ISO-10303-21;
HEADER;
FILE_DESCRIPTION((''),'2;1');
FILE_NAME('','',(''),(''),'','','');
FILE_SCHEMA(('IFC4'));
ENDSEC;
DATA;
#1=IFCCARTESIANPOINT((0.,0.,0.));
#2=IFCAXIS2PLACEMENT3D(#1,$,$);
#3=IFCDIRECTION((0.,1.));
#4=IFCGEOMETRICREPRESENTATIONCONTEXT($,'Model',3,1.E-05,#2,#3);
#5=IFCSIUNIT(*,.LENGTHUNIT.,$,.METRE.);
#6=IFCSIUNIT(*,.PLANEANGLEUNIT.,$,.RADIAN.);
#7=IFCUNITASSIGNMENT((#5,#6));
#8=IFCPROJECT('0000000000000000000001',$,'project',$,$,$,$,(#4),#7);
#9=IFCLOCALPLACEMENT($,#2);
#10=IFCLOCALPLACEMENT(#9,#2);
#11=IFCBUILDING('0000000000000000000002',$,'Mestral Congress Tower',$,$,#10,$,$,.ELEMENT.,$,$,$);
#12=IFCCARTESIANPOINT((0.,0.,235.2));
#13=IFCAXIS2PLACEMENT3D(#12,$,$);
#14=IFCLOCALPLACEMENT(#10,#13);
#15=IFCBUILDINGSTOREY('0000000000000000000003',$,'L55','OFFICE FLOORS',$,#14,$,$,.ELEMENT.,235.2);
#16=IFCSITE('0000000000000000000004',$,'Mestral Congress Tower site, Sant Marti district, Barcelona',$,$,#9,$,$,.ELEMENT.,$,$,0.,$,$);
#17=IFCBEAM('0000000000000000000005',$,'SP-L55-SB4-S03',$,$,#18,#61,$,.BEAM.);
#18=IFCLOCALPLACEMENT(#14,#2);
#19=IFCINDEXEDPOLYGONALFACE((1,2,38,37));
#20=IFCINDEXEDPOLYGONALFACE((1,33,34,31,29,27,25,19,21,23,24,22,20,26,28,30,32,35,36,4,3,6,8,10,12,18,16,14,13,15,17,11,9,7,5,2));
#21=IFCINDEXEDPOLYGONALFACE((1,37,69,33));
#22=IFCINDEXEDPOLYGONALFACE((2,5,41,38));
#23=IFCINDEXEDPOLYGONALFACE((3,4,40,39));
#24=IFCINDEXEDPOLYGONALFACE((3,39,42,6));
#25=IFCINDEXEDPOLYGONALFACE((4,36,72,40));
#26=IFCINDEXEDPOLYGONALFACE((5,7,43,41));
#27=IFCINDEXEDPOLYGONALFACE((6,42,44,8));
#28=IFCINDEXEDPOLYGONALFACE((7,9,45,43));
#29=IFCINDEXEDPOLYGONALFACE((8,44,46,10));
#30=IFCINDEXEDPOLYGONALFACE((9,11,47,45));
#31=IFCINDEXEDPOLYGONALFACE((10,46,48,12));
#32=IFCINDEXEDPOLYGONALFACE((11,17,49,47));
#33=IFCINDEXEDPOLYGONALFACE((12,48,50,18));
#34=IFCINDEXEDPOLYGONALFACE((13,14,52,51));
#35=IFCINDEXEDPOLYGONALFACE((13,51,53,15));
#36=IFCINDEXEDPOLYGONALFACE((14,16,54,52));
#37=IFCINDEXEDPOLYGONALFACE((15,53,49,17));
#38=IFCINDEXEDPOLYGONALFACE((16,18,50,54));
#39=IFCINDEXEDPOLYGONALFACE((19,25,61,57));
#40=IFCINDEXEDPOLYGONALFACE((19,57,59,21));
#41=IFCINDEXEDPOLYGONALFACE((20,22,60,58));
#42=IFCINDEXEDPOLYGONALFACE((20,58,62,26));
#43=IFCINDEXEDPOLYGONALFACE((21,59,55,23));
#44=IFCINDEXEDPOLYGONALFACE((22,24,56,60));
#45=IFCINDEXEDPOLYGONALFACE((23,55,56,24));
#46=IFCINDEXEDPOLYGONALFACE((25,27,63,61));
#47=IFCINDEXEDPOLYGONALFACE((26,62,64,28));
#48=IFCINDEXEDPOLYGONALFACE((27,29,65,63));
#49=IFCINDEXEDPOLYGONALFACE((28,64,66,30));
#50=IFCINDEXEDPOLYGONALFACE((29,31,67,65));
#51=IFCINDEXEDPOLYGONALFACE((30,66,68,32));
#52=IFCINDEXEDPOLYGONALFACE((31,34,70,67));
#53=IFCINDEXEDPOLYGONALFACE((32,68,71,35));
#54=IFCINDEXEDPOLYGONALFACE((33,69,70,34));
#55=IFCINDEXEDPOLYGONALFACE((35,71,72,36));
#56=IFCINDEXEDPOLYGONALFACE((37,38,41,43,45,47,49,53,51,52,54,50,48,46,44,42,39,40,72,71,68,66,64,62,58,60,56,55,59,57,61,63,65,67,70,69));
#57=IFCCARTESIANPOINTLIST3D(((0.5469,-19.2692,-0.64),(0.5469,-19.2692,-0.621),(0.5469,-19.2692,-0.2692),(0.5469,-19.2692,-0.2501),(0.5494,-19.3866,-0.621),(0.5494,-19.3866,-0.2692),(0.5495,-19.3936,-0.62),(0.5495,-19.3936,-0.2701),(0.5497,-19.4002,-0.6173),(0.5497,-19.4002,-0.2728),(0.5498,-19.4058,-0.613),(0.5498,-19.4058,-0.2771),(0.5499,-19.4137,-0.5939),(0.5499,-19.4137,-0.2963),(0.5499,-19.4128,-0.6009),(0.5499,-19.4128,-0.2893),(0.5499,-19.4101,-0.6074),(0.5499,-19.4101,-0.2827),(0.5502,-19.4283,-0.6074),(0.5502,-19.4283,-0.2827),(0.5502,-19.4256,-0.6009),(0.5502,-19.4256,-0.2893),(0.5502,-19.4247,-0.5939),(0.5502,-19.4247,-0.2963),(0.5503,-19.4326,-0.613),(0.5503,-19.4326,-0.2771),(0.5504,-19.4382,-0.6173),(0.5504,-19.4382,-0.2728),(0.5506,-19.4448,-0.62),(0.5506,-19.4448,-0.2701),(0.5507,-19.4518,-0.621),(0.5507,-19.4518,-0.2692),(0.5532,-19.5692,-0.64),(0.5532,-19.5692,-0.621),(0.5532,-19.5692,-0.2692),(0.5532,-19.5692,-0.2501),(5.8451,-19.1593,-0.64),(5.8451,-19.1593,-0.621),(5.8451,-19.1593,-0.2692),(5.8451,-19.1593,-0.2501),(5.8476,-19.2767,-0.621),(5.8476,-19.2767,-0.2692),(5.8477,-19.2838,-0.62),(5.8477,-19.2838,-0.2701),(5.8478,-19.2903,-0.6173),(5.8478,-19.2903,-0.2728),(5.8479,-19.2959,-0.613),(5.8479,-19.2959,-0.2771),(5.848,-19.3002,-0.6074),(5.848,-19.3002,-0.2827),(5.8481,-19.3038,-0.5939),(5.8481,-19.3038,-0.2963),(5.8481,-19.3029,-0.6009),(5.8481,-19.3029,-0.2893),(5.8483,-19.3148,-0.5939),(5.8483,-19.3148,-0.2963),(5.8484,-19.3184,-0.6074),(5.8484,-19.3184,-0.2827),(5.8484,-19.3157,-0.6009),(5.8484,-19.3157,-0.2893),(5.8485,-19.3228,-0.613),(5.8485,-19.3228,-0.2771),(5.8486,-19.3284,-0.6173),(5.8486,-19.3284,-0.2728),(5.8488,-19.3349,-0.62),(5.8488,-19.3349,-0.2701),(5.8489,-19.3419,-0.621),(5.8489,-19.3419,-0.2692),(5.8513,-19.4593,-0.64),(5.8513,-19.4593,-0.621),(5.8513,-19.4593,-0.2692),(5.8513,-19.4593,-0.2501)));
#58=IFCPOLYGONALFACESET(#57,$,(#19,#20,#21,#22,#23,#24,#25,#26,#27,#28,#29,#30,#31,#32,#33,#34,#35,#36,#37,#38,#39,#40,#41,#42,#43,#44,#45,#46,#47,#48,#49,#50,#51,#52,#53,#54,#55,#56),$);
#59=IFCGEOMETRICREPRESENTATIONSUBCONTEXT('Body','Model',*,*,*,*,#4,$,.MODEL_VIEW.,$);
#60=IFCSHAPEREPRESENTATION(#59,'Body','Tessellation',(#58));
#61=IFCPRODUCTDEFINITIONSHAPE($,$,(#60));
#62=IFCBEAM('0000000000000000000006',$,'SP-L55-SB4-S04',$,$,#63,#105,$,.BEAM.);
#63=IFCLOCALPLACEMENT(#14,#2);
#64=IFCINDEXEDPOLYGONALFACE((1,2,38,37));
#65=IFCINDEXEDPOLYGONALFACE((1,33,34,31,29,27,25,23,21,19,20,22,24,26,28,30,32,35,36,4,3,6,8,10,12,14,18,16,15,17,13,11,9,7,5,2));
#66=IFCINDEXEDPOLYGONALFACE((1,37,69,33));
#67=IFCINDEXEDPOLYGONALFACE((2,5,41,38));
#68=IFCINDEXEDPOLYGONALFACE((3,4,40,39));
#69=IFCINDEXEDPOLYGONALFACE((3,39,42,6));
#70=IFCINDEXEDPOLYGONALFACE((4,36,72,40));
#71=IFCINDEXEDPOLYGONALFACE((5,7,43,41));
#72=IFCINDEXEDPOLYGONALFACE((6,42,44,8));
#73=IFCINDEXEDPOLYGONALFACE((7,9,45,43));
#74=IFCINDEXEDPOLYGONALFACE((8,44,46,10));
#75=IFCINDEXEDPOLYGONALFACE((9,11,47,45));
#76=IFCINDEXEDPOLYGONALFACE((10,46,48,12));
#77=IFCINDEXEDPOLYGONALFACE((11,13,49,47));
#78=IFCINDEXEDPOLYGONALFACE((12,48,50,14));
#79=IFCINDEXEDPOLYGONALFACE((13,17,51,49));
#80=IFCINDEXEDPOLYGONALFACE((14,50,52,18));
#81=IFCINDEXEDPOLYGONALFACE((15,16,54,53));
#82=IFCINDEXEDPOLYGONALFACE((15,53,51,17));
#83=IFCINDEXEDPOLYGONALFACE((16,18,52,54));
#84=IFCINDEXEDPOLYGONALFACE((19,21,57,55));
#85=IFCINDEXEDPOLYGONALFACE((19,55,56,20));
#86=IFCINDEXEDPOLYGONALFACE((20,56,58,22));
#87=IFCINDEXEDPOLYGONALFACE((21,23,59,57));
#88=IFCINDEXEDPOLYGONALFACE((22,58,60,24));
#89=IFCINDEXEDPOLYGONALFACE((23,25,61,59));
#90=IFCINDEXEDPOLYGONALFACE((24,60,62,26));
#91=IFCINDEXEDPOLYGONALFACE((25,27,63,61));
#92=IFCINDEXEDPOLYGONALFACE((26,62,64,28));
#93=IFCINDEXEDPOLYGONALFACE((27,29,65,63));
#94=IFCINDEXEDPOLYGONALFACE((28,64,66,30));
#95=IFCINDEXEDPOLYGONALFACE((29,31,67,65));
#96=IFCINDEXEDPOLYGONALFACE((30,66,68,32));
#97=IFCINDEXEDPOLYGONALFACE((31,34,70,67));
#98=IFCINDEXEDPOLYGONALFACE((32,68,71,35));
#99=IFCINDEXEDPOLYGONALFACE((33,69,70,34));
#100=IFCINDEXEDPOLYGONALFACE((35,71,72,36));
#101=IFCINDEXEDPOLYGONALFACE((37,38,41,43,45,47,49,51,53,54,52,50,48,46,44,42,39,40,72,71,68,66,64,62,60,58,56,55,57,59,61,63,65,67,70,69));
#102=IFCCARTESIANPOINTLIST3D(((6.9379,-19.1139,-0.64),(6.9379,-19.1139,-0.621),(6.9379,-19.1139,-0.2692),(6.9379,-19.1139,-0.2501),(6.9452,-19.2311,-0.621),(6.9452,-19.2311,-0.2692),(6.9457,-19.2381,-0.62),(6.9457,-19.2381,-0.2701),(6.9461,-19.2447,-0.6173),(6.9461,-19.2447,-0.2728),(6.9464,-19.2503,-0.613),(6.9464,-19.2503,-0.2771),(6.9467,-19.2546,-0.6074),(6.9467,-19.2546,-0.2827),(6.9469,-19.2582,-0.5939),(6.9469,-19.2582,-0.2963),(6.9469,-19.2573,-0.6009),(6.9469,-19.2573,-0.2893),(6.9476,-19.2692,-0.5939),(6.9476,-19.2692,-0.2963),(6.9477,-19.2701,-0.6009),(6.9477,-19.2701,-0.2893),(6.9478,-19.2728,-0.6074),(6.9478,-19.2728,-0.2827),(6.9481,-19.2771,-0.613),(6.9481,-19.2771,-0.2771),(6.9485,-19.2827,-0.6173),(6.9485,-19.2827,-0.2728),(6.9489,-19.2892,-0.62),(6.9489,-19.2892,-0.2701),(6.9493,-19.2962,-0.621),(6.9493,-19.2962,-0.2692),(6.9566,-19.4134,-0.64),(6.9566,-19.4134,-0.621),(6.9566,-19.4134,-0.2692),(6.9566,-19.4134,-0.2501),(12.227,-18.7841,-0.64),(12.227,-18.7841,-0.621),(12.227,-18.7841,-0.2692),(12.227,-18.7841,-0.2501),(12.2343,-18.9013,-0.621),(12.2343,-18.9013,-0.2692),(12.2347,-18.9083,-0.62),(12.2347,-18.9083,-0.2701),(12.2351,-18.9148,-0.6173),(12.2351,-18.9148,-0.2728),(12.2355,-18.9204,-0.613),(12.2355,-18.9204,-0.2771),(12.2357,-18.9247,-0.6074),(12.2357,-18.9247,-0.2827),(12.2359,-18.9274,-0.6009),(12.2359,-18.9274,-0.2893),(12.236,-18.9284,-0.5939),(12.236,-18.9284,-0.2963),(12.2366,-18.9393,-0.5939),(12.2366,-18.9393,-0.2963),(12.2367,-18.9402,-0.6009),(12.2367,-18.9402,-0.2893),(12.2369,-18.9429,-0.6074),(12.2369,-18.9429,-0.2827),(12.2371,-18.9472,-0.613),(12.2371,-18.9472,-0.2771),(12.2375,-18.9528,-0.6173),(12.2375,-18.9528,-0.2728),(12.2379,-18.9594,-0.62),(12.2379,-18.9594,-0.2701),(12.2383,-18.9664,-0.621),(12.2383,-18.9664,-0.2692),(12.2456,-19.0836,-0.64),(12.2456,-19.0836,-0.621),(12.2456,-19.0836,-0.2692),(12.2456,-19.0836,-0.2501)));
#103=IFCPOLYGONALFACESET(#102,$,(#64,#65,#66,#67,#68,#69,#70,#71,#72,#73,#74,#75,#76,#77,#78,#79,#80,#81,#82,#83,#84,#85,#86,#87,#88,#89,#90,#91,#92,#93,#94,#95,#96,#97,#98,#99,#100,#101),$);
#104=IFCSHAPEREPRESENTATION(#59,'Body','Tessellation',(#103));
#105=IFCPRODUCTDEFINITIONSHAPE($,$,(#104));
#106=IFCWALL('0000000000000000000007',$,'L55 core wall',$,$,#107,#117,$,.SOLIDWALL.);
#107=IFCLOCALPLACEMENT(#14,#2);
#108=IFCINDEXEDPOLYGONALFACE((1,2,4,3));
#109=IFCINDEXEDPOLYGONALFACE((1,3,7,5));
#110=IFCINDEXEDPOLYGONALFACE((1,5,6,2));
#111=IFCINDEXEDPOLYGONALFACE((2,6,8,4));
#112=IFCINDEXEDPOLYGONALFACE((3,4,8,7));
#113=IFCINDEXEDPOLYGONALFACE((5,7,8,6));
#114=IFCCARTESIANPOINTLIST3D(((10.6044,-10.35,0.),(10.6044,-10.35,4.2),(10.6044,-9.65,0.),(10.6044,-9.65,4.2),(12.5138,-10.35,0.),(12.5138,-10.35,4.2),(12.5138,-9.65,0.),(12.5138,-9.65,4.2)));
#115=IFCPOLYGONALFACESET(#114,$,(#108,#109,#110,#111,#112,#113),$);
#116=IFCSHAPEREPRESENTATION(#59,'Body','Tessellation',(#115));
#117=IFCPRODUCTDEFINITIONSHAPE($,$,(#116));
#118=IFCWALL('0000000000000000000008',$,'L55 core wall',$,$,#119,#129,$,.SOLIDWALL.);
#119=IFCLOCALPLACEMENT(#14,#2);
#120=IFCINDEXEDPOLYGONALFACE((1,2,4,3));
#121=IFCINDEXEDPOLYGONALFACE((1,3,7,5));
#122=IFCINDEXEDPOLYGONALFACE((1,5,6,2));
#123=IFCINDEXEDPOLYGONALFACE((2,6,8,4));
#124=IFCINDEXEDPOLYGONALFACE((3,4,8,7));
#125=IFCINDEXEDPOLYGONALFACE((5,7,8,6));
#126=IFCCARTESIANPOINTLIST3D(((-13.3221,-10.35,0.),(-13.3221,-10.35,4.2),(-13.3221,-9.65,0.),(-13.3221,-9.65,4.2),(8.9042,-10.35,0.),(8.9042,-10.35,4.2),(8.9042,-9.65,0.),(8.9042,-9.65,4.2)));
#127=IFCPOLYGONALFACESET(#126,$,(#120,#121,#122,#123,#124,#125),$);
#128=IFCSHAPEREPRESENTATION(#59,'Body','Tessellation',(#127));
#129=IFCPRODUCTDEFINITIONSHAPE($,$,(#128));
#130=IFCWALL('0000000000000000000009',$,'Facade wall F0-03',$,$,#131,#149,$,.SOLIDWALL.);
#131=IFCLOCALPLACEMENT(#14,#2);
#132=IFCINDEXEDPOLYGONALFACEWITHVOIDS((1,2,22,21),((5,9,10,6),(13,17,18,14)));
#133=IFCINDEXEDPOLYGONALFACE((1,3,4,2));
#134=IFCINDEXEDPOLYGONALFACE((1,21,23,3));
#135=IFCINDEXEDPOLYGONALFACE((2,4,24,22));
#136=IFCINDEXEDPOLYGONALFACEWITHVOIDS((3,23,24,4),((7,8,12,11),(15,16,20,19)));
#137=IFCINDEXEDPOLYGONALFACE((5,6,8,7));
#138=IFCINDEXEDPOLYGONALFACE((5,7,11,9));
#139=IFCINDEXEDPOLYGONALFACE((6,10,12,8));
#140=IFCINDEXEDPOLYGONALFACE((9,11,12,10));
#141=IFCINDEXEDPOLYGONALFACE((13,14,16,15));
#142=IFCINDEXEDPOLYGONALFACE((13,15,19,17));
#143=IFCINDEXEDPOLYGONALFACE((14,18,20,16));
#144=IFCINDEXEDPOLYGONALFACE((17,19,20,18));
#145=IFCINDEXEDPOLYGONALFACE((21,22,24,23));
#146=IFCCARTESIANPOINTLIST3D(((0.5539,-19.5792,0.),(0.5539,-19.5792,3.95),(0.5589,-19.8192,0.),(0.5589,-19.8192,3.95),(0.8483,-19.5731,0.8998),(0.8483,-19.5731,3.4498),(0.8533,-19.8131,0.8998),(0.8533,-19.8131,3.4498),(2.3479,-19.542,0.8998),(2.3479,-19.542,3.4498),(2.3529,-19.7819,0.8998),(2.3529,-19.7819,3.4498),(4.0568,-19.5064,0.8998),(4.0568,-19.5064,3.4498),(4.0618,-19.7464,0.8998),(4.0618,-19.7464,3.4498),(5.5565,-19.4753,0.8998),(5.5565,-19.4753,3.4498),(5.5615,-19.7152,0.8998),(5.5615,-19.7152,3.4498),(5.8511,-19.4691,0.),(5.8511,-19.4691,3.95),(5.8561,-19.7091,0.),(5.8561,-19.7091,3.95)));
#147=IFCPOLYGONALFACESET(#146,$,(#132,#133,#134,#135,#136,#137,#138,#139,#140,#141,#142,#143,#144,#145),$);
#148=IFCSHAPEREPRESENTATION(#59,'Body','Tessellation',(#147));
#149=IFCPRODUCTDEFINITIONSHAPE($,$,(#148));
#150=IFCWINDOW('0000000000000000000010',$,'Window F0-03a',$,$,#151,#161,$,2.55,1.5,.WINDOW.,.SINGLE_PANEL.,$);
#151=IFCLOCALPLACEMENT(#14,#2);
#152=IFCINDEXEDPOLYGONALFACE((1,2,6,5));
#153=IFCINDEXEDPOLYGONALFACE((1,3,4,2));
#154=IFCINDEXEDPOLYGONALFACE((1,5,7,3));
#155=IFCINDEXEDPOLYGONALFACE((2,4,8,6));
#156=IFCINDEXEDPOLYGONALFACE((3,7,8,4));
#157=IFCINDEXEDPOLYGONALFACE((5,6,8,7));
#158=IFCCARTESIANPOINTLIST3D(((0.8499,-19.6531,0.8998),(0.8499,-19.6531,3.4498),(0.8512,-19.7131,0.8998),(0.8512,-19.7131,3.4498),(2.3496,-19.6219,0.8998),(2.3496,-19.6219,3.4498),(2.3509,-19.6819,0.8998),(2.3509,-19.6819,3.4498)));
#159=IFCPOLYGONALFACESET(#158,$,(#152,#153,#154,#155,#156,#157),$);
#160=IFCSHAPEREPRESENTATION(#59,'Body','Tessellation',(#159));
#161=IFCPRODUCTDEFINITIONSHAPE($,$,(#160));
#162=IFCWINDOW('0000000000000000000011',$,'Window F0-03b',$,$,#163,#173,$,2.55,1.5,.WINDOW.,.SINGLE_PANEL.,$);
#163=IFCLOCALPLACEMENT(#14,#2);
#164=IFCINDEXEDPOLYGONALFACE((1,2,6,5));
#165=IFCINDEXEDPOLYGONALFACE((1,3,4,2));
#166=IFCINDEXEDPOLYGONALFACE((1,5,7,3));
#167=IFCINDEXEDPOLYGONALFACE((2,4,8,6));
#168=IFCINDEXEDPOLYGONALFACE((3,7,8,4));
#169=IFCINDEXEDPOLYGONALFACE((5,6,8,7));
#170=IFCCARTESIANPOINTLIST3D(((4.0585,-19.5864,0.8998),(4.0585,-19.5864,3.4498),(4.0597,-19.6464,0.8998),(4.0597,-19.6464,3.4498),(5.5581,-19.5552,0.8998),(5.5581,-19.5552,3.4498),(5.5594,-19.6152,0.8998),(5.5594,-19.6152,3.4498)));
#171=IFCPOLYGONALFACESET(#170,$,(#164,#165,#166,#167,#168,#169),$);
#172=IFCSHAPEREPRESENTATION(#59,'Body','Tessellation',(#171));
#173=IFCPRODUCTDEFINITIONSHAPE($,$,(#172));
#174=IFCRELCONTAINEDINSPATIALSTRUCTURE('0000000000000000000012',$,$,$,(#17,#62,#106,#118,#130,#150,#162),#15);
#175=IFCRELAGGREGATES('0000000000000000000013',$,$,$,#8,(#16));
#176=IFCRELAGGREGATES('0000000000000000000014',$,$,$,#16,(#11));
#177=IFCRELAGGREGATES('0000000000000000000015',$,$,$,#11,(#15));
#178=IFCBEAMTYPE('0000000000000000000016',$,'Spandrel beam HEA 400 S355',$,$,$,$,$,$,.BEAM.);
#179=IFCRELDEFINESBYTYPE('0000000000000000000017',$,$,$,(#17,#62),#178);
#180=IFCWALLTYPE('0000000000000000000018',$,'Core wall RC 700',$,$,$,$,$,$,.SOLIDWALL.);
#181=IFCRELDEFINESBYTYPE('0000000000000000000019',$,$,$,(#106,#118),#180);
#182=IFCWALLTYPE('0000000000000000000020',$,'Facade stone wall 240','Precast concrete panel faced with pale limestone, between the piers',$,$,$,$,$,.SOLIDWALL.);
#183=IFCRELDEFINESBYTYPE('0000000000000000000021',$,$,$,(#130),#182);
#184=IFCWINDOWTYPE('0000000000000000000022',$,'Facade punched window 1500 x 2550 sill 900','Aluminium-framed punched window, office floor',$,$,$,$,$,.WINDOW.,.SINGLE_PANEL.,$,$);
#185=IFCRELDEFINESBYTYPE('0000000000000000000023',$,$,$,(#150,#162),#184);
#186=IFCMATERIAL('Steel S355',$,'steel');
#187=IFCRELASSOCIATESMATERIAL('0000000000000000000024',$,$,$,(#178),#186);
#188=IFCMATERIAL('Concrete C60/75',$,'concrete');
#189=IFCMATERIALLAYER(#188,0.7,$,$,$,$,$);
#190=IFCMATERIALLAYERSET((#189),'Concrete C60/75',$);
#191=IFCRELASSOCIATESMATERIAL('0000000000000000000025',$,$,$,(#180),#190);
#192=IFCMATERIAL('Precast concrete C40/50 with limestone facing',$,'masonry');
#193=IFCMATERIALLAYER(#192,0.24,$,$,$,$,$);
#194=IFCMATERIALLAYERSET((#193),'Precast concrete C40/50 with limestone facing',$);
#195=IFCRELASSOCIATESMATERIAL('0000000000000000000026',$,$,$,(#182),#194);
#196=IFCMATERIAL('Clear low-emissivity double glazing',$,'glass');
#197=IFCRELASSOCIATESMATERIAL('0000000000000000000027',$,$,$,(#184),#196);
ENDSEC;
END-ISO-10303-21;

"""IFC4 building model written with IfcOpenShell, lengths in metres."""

from ifc_helpers import new_model, si_unit, direction, frame, frame_2d, origin, origin_2d, place, context, subcontext, project, spatial, rectangle, i_section, extrude, material, layer, layer_set, material_profile, profile_set, type_object, element, fill, save


model = new_model("IFC4")

# Units and contexts
model_context = context("Model", 3, precision=1e-05, world=origin(), true_north=direction((0.0, 1.0)))
body_context = subcontext(model_context, "Body", "Model", "MODEL_VIEW")
ifc_project = project(units=[si_unit("LENGTHUNIT", "METRE"), si_unit("PLANEANGLEUNIT", "RADIAN")], contexts=[model_context])

# Site, building, storey
site_placement = place(None, origin())
site = spatial("IfcSite", under=ifc_project, at=site_placement, Name="Mestral Congress Tower site, Sant Marti district, Barcelona", CompositionType="ELEMENT", RefElevation=0.0)
building_placement = place(site_placement, origin())
building = spatial("IfcBuilding", under=site, at=building_placement, Name="Mestral Congress Tower", CompositionType="ELEMENT")
storey_placement = place(building_placement, frame((0.0, 0.0, 235.2)))
storey = spatial("IfcBuildingStorey", under=building, at=storey_placement, Name="L55", Description="OFFICE FLOORS", CompositionType="ELEMENT", Elevation=235.2)

# Shared definitions
ifc_material_1 = material(Name="Concrete C60/75", Category="concrete")

# Beams
ifc_material_2 = material(Name="Steel S355", Category="steel")
ifc_material_profile_1 = material_profile(ifc_material_2, i_section(OverallWidth=0.3, OverallDepth=0.3899, WebThickness=0.011, FlangeThickness=0.019, FilletRadius=0.0271, at=origin_2d()), Name="HEA 400")
ifc_profile_set_1 = profile_set([ifc_material_profile_1], Name="Steel S355")
beam_type_1 = type_object("IfcBeamType", Name="Spandrel beam HEA 400 S355", PredefinedType="BEAM", material=ifc_profile_set_1)
for number, where, z_axis, x_axis, name in (
    (1, (0.55, -19.4192, -0.4451), (0.999785, 0.020732, 0.0), (-0.020732, 0.999785, 0.0), "SP-L55-SB4-S03"),
    (2, (6.9473, -19.2637, -0.4451), (0.998061, 0.062241, 0.0), (-0.062241, 0.998061, 0.0), "SP-L55-SB4-S04"),
):
    element("IfcBeam", number, at=place(storey_placement, frame(where, z_axis=z_axis, x_axis=x_axis)), inside=storey, type_object=beam_type_1, Name=name, PredefinedType="BEAM", context=body_context, shape_type="SweptSolid", body=[
        extrude(i_section(OverallWidth=0.3, OverallDepth=0.3899, WebThickness=0.011, FlangeThickness=0.019, FilletRadius=0.0271, at=origin_2d()), origin(), (0.0, 0.0, 1.0), 5.2993),
    ])

# Walls
ifc_layer_1 = layer(ifc_material_1, 0.7)
ifc_layer_set_1 = layer_set([ifc_layer_1], Name="Concrete C60/75")
wall_type_1 = type_object("IfcWallType", Name="Core wall RC 700", PredefinedType="SOLIDWALL", material=ifc_layer_set_1)
wall_1_placement = place(storey_placement, frame((10.6045, -10.0, 0.0), z_axis=(0.0, 0.0, 1.0), x_axis=(1.0, 0.0, 0.0)))
element("IfcWall", 3, at=wall_1_placement, inside=storey, type_object=wall_type_1, Name="L55 core wall", PredefinedType="SOLIDWALL", context=body_context, shape_type="SweptSolid", body=[
    extrude(rectangle(XDim=1.9094, YDim=0.7, at=frame_2d((0.9546, 0.0))), origin(), (0.0, 0.0, 1.0), 4.2),
])
wall_2_placement = place(storey_placement, frame((8.9043, -10.0, 0.0), z_axis=(0.0, 0.0, 1.0), x_axis=(-1.0, 0.0, 0.0)))
element("IfcWall", 4, at=wall_2_placement, inside=storey, type_object=wall_type_1, Name="L55 core wall", PredefinedType="SOLIDWALL", context=body_context, shape_type="SweptSolid", body=[
    extrude(rectangle(XDim=22.2263, YDim=0.7, at=frame_2d((11.1133, 0.0))), origin(), (0.0, 0.0, 1.0), 4.2),
])

# Wall, openings, windows
ifc_material_3 = material(Name="Precast concrete C40/50 with limestone facing", Category="masonry")
ifc_layer_2 = layer(ifc_material_3, 0.24)
ifc_layer_set_2 = layer_set([ifc_layer_2], Name="Precast concrete C40/50 with limestone facing")
wall_type_2 = type_object("IfcWallType", Name="Facade stone wall 240", Description="Precast concrete panel faced with pale limestone, between the piers", PredefinedType="SOLIDWALL", material=ifc_layer_set_2)
wall_3_placement = place(storey_placement, frame((0.5564, -19.6992, 0.0), z_axis=(0.0, 0.0, 1.0), x_axis=(0.999784, 0.020782, 0.0)))
wall_3 = element("IfcWall", 5, at=wall_3_placement, inside=storey, type_object=wall_type_2, Name="Facade wall F0-03", PredefinedType="SOLIDWALL", context=body_context, shape_type="SweptSolid", body=[
    extrude(rectangle(XDim=5.2983, YDim=0.24, at=frame_2d((2.6492, 0.0))), origin(), (0.0, 0.0, 1.0), 3.95),
])
opening_1_placement = place(wall_3_placement, frame((0.2944, 0.0, 0.8999)))
opening_1 = element("IfcOpeningElement", 6, at=opening_1_placement, cuts=wall_3, PredefinedType="OPENING", context=body_context, shape_type="SweptSolid", body=[
    extrude(rectangle(XDim=1.5, YDim=2.55, at=frame_2d((0.75, 1.2749))), frame((0.0, 0.1299, 0.0), z_axis=(0.0, -1.0, 0.0), x_axis=(1.0, 0.0, 0.0)), (0.0, 0.0, 1.0), 0.26),
])
opening_2_placement = place(wall_3_placement, frame((3.5037, 0.0, 0.8999)))
opening_2 = element("IfcOpeningElement", 7, at=opening_2_placement, cuts=wall_3, PredefinedType="OPENING", context=body_context, shape_type="SweptSolid", body=[
    extrude(rectangle(XDim=1.5, YDim=2.55, at=frame_2d((0.75, 1.2749))), frame((0.0, 0.1299, 0.0), z_axis=(0.0, -1.0, 0.0), x_axis=(1.0, 0.0, 0.0)), (0.0, 0.0, 1.0), 0.26),
])
ifc_material_4 = material(Name="Clear low-emissivity double glazing", Category="glass")
window_type = type_object("IfcWindowType", Name="Facade punched window 1500 x 2550 sill 900", Description="Aluminium-framed punched window, office floor", PartitioningType="SINGLE_PANEL", PredefinedType="WINDOW", material=ifc_material_4)
window_1_placement = place(opening_1_placement, origin())
window_1 = element("IfcWindow", 8, at=window_1_placement, inside=storey, type_object=window_type, Name="Window F0-03a", OverallHeight=2.55, OverallWidth=1.5, PartitioningType="SINGLE_PANEL", PredefinedType="WINDOW", context=body_context, shape_type="SweptSolid", body=[
    extrude(rectangle(XDim=1.5, YDim=2.55, at=frame_2d((0.75, 1.2749))), frame((0.0, 0.04, 0.0), z_axis=(0.0, -1.0, 0.0), x_axis=(1.0, 0.0, 0.0)), (0.0, 0.0, 1.0), 0.0601),
])
fill(opening_1, window_1)
window_2_placement = place(opening_2_placement, origin())
window_2 = element("IfcWindow", 9, at=window_2_placement, inside=storey, type_object=window_type, Name="Window F0-03b", OverallHeight=2.55, OverallWidth=1.5, PartitioningType="SINGLE_PANEL", PredefinedType="WINDOW", context=body_context, shape_type="SweptSolid", body=[
    extrude(rectangle(XDim=1.5, YDim=2.55, at=frame_2d((0.75, 1.2749))), frame((0.0, 0.04, 0.0), z_axis=(0.0, -1.0, 0.0), x_axis=(1.0, 0.0, 0.0)), (0.0, 0.0, 1.0), 0.0601),
])
fill(opening_2, window_2)

save(model, "model.ifc")
